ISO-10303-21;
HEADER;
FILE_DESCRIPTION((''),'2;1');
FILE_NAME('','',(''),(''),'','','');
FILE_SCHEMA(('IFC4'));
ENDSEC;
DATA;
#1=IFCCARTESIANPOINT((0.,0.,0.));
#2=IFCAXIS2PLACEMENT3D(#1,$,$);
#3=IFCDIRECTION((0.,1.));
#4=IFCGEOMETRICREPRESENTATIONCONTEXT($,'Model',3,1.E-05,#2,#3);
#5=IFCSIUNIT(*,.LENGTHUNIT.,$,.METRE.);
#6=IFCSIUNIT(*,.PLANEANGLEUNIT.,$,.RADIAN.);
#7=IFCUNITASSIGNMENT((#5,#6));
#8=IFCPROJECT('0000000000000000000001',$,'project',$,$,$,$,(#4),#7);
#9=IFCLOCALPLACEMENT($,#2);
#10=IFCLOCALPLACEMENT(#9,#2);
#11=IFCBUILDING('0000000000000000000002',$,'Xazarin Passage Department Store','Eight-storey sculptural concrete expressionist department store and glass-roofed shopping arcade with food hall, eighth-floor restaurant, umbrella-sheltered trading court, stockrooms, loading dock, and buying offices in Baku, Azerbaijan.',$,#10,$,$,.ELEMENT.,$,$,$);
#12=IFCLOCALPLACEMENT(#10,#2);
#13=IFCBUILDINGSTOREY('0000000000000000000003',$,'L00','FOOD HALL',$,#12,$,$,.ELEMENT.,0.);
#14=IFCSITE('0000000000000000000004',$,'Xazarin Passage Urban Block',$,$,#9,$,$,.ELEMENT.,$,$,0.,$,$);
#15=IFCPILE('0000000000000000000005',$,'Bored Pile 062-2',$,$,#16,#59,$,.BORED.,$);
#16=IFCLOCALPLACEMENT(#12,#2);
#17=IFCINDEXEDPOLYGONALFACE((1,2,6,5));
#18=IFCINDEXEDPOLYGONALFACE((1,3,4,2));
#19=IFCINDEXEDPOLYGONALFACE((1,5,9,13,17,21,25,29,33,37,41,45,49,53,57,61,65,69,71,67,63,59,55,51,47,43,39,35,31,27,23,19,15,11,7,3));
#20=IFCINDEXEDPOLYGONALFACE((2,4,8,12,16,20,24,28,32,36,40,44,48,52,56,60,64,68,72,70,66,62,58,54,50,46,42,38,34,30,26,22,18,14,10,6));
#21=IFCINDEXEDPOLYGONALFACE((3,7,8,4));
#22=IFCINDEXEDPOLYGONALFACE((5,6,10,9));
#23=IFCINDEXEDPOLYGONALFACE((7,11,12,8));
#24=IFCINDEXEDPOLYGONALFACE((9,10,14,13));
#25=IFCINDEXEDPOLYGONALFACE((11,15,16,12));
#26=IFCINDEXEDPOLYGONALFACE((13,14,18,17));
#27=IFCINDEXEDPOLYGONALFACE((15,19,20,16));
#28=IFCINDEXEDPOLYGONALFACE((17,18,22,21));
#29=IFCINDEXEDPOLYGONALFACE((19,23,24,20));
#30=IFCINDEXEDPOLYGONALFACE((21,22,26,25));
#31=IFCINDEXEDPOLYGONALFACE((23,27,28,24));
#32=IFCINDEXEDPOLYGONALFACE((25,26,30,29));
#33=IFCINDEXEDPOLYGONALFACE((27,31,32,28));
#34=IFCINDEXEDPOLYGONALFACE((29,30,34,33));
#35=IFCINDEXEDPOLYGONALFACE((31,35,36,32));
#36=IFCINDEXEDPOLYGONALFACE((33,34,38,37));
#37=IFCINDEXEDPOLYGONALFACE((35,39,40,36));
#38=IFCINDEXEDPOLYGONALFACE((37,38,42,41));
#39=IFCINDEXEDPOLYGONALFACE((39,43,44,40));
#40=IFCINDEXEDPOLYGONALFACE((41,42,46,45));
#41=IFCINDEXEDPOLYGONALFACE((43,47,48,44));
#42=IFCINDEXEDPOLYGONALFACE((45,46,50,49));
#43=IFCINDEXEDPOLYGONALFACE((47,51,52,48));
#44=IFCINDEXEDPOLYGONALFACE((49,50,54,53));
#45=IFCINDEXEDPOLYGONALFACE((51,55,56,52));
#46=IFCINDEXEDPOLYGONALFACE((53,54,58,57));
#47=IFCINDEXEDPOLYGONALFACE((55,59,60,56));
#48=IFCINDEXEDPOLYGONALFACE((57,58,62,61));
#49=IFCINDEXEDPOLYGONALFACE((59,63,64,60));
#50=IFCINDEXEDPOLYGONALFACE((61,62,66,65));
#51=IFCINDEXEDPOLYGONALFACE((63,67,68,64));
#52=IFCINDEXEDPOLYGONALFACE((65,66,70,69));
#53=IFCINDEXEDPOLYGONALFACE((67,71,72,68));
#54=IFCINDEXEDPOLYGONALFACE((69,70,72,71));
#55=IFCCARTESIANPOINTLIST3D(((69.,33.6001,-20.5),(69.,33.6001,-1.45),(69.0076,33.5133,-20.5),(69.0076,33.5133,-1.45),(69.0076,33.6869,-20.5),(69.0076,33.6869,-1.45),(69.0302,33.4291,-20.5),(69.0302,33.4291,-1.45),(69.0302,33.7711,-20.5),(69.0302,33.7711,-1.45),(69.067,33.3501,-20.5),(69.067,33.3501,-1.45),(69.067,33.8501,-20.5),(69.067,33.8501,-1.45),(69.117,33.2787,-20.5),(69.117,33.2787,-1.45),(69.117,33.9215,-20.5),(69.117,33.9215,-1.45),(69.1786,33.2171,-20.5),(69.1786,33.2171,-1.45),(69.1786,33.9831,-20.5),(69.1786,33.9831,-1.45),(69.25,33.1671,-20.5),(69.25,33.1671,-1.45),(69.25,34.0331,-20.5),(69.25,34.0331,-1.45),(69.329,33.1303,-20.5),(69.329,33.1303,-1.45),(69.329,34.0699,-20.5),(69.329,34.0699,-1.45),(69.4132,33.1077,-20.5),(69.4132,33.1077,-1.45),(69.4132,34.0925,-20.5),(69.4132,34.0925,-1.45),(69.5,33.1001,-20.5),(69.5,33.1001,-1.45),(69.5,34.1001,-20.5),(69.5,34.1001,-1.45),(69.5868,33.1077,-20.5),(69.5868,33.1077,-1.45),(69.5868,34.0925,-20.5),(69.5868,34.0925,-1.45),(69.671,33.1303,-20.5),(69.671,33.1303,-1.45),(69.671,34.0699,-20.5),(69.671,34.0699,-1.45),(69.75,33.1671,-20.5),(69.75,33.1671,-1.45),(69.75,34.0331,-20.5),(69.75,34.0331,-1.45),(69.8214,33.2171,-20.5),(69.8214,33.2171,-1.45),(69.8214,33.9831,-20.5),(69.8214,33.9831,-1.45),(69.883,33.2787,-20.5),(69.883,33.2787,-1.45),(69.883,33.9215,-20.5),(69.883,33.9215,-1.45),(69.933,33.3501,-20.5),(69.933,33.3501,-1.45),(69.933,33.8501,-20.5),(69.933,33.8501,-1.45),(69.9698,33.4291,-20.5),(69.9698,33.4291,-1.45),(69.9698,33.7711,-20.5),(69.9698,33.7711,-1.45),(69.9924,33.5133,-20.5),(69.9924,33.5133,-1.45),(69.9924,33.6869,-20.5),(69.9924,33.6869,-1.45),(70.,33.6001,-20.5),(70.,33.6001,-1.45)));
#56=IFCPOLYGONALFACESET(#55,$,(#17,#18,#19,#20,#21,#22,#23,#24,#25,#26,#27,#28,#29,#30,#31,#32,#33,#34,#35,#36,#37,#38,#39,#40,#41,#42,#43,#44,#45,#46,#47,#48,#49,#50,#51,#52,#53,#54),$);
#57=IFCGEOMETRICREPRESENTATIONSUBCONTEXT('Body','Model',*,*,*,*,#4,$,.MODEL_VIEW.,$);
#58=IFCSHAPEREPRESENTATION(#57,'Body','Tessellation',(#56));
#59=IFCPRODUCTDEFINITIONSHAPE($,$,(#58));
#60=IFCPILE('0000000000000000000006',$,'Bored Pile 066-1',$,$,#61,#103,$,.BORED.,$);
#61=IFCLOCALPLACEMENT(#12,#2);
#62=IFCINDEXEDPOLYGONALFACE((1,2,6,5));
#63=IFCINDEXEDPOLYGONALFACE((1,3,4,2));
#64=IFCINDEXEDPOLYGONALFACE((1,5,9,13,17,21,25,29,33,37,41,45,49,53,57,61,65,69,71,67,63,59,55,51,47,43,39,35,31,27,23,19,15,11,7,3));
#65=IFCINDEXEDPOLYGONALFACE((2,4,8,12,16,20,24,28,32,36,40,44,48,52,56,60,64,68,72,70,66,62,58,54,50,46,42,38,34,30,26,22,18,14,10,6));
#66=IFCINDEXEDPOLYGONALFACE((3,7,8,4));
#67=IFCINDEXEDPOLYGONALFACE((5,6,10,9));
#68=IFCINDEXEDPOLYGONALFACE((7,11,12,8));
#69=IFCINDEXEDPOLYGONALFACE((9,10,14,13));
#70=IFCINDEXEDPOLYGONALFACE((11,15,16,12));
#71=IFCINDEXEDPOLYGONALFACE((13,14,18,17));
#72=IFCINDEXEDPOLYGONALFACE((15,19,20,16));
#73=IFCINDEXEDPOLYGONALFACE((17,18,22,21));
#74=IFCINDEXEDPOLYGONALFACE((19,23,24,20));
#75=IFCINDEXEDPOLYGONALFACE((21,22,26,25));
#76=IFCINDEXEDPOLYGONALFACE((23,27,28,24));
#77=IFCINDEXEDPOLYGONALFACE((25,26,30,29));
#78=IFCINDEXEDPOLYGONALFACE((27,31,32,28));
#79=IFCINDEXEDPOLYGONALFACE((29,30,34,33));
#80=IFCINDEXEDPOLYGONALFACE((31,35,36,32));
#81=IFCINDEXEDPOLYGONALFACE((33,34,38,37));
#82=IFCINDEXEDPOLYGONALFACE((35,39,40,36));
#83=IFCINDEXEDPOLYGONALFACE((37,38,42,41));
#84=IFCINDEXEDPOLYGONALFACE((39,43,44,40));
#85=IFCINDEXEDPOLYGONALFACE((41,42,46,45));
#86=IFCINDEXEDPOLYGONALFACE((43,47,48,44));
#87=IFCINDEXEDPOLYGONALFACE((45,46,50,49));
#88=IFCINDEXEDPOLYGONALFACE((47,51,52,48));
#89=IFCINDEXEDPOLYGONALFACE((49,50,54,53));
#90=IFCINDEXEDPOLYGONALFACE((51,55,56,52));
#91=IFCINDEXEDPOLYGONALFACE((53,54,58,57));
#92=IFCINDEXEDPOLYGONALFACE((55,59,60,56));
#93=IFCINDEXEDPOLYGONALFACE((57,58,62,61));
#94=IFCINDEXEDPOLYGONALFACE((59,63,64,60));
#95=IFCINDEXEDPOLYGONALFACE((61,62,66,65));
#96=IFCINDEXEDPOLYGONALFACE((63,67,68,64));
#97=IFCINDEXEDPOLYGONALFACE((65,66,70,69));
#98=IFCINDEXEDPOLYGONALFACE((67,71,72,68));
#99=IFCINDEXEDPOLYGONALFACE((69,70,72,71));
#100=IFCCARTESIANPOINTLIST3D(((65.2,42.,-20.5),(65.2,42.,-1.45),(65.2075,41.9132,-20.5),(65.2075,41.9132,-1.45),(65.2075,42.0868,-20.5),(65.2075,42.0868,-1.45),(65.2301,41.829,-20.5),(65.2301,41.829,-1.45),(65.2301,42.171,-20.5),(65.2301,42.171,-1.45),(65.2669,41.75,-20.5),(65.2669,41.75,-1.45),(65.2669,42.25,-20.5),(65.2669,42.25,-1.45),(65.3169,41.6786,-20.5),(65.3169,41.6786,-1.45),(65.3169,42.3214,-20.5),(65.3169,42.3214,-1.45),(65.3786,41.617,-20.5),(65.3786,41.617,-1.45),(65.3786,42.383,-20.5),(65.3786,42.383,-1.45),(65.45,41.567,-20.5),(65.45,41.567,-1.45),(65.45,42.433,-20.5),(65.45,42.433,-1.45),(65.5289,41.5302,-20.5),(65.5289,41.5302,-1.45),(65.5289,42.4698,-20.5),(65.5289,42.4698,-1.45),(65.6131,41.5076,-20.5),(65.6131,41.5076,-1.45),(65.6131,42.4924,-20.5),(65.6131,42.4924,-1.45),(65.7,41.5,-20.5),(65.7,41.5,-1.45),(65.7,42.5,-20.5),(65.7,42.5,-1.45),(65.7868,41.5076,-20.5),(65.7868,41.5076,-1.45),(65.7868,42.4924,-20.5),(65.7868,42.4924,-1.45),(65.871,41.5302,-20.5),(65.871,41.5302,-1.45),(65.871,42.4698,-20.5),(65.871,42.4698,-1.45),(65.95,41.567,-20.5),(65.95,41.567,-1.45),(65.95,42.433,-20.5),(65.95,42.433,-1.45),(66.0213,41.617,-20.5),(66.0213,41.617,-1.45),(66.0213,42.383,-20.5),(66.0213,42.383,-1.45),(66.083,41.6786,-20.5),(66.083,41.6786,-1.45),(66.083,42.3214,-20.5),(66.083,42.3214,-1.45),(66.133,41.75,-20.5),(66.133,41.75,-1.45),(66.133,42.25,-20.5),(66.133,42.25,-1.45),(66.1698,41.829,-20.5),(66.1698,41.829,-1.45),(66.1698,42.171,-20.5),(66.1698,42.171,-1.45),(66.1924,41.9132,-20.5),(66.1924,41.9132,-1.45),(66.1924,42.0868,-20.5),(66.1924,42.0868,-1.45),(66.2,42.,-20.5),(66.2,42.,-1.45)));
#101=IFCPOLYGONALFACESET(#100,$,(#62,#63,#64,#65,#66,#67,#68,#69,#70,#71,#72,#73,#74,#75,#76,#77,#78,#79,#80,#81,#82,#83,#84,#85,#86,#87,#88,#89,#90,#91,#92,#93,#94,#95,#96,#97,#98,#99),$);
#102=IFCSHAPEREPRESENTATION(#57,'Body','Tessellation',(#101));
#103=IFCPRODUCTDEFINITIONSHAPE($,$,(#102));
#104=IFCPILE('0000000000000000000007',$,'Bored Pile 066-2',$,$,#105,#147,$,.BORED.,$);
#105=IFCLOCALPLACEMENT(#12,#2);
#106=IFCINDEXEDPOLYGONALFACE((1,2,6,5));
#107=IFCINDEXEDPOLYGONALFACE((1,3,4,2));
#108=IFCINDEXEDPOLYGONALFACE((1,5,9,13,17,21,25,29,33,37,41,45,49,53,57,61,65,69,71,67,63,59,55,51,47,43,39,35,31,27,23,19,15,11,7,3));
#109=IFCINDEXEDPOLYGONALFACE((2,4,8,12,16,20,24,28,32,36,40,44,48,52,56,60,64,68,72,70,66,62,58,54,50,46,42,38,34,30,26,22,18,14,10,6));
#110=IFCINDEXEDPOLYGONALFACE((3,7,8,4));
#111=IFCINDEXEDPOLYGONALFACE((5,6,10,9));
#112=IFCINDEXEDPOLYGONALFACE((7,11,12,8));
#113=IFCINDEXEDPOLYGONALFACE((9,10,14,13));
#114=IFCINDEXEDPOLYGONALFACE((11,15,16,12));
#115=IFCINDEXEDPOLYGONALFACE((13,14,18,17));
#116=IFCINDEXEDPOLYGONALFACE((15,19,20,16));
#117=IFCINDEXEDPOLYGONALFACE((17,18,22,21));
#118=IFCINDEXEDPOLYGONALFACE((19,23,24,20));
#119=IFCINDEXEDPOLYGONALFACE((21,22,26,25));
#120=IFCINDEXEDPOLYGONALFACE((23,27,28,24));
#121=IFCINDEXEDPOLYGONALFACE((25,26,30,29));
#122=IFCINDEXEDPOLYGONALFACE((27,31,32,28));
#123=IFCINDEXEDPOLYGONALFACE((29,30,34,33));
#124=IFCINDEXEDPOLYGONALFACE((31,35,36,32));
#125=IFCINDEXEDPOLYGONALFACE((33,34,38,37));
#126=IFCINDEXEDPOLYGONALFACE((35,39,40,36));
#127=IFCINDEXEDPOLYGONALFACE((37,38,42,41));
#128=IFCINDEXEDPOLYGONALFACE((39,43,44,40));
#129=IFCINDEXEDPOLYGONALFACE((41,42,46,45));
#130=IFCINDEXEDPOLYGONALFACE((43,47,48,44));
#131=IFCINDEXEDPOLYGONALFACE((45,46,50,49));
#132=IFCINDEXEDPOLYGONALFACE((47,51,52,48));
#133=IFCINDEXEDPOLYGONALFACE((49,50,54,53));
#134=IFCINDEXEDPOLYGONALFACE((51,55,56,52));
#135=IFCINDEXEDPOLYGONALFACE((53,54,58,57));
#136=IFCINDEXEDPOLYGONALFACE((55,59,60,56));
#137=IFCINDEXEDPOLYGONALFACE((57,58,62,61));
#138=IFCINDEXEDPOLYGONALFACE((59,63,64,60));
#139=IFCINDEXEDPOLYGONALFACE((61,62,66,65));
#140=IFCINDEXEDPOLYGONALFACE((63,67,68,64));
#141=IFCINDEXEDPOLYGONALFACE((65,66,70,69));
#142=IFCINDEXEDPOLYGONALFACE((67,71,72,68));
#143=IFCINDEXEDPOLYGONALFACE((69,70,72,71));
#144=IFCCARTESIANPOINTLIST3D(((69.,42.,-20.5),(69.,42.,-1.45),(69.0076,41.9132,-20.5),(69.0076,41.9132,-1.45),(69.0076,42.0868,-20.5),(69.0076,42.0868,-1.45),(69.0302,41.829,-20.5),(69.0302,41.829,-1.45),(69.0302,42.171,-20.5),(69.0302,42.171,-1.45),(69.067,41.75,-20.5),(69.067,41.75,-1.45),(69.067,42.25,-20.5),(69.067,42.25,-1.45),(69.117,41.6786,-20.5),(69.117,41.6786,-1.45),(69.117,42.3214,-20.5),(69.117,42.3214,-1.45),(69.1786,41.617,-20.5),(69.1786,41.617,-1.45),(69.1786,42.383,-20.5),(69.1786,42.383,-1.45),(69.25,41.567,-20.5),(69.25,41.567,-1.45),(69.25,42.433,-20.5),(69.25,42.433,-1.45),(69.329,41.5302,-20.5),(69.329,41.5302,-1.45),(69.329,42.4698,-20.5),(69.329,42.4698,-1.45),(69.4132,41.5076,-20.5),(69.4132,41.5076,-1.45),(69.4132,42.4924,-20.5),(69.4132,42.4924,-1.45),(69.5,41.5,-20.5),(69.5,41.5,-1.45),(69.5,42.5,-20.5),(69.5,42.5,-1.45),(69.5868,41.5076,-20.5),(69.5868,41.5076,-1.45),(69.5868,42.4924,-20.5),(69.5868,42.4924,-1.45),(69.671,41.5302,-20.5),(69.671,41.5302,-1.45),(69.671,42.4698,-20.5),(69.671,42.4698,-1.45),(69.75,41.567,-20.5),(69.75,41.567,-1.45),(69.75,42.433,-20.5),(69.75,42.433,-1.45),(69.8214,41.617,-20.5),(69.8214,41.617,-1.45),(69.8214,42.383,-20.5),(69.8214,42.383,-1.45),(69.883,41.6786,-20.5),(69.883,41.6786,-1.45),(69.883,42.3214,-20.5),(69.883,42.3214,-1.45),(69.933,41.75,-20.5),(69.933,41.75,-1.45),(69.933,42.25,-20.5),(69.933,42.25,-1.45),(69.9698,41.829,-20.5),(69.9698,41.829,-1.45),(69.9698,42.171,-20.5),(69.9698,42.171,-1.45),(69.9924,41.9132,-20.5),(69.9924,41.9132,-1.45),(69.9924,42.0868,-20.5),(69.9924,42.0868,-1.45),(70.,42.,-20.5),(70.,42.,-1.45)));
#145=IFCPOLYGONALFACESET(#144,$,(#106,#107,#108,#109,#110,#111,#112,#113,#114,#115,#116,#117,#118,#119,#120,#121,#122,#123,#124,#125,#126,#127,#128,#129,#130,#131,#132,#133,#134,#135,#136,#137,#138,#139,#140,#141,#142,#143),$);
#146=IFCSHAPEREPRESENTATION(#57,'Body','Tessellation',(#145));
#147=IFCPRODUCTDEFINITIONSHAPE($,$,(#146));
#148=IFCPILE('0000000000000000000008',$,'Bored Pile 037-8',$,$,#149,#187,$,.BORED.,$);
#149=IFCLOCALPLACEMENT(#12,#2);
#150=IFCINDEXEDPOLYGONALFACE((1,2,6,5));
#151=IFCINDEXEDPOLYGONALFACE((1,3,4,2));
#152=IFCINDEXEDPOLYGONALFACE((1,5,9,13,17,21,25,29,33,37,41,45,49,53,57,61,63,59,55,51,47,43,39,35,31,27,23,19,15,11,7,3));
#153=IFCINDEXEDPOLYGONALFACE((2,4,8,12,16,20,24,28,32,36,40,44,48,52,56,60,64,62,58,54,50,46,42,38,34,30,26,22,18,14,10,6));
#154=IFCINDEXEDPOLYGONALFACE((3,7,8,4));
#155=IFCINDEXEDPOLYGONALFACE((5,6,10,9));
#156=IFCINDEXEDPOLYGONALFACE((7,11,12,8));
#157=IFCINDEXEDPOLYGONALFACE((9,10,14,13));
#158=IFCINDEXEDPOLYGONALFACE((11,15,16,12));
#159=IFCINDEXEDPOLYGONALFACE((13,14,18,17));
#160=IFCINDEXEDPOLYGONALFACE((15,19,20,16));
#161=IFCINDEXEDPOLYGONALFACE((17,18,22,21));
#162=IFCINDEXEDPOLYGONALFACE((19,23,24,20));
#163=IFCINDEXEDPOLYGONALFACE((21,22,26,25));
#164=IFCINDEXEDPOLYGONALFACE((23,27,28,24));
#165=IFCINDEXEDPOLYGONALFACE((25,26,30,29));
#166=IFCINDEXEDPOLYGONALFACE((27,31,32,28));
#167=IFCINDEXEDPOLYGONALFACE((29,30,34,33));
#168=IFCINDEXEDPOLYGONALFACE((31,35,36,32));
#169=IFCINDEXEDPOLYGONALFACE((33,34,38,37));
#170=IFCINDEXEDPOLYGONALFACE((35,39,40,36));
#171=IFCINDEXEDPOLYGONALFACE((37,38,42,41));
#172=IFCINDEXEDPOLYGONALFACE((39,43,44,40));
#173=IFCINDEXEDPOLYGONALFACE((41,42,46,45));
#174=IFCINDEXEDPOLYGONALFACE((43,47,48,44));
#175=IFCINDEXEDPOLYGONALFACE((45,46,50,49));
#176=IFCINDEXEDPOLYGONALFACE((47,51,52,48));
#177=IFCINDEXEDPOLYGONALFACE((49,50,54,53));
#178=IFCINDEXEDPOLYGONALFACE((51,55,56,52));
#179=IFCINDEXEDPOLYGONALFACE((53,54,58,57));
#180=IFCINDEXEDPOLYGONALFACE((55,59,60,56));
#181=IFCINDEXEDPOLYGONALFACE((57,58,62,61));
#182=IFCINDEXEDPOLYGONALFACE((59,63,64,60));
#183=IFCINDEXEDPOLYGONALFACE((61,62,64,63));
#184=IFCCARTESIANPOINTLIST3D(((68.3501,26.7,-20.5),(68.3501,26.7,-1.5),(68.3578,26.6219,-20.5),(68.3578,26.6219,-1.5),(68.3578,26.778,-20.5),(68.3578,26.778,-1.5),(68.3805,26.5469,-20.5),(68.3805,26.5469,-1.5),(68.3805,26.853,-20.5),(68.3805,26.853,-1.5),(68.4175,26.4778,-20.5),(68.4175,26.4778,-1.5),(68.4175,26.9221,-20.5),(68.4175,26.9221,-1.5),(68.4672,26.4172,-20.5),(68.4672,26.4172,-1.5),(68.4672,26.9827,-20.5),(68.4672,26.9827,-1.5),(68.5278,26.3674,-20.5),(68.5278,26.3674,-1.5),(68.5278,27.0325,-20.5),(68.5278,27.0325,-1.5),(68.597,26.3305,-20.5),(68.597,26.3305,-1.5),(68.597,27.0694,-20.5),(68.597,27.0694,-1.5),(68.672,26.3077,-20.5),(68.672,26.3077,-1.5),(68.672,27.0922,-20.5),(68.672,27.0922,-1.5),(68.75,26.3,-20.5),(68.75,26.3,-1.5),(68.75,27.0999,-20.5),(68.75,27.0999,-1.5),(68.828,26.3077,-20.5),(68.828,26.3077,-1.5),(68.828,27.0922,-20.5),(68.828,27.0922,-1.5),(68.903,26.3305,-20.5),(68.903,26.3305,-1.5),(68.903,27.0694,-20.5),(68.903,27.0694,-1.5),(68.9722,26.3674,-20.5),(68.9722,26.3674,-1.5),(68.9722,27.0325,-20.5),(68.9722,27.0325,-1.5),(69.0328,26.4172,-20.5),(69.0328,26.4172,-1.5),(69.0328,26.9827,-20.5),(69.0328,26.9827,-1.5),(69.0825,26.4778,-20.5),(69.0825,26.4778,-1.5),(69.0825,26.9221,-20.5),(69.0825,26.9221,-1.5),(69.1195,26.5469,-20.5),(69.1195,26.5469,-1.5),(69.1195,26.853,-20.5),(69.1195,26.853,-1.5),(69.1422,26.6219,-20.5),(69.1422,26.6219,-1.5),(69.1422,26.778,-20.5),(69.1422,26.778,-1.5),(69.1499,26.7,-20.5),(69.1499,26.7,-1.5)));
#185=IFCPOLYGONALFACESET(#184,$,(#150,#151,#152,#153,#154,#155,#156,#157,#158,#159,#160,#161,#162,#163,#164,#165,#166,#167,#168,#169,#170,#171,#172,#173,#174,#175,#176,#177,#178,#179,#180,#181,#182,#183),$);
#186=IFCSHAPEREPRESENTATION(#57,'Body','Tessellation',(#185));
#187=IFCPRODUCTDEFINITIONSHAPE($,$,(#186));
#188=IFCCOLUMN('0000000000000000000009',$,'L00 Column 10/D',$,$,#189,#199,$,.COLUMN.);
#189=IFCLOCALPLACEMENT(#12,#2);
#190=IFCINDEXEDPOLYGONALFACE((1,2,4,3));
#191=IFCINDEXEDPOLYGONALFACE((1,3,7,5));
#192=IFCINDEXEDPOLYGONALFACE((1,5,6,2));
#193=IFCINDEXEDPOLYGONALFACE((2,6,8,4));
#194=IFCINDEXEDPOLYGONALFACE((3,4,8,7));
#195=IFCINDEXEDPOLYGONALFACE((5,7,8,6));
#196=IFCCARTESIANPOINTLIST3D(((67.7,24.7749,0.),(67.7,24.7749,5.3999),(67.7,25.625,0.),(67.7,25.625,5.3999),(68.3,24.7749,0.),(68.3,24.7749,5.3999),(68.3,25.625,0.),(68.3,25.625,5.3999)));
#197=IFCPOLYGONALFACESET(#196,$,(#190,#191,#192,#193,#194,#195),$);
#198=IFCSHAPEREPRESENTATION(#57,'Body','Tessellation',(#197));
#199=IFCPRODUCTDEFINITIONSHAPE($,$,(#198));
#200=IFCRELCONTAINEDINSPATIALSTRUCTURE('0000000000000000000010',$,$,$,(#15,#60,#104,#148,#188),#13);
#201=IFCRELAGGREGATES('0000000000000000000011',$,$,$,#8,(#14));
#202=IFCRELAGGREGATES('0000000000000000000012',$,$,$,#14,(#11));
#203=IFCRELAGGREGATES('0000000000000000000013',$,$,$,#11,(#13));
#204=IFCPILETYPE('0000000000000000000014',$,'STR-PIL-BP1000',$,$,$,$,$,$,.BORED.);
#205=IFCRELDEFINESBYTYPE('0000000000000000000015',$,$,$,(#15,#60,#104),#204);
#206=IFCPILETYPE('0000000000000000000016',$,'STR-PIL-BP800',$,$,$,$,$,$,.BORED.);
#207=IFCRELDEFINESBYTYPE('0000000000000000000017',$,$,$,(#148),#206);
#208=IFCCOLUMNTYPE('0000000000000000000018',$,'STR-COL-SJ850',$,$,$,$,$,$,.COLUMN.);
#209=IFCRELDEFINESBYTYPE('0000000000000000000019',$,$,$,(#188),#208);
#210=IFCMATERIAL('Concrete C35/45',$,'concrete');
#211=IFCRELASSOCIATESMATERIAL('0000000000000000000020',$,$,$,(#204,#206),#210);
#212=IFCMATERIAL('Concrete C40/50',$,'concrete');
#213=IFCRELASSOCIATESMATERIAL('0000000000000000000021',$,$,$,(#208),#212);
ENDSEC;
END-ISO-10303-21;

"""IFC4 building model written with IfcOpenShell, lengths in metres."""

from ifc_helpers import new_model, si_unit, direction, frame, origin, origin_2d, place, context, subcontext, project, spatial, rectangle, circle, extrude, material, material_profile, profile_set, type_object, element, save


model = new_model("IFC4")

# Units and contexts
model_context = context("Model", 3, precision=1e-05, world=origin(), true_north=direction((0.0, 1.0)))
body_context = subcontext(model_context, "Body", "Model", "MODEL_VIEW")
ifc_project = project(units=[si_unit("LENGTHUNIT", "METRE"), si_unit("PLANEANGLEUNIT", "RADIAN")], contexts=[model_context])

# Site, building, storey
site_placement = place(None, origin())
site = spatial("IfcSite", under=ifc_project, at=site_placement, Name="Xazarin Passage Urban Block", CompositionType="ELEMENT", RefElevation=0.0)
building_placement = place(site_placement, origin())
building = spatial("IfcBuilding", under=site, at=building_placement, Name="Xazarin Passage Department Store", Description="Eight-storey sculptural concrete expressionist department store and glass-roofed shopping arcade with food hall, eighth-floor restaurant, umbrella-sheltered trading court, stockrooms, loading dock, and buying offices in Baku, Azerbaijan.", CompositionType="ELEMENT")
storey_placement = place(building_placement, origin())
storey = spatial("IfcBuildingStorey", under=building, at=storey_placement, Name="L00", Description="FOOD HALL", CompositionType="ELEMENT", Elevation=0.0)

# Shared definitions
ifc_material_1 = material(Name="Concrete C35/45", Category="concrete")

# Piles
ifc_material_profile_1 = material_profile(ifc_material_1, circle(Radius=0.5, at=origin_2d()), Name="BP 1000")
ifc_profile_set_1 = profile_set([ifc_material_profile_1], Name="Concrete C35/45")
pile_type_1 = type_object("IfcPileType", Name="STR-PIL-BP1000", PredefinedType="BORED", material=ifc_profile_set_1)
for number, where, z_axis, x_axis, name in (
    (1, (69.5, 33.6001, -1.45), (0.0, 0.0, -1.0), (1.0, 0.0, 0.0), "Bored Pile 062-2"),
    (2, (65.7, 42.0, -1.45), (0.0, 0.0, -1.0), (1.0, 0.0, 0.0), "Bored Pile 066-1"),
    (3, (69.5, 42.0, -1.45), (0.0, 0.0, -1.0), (1.0, 0.0, 0.0), "Bored Pile 066-2"),
):
    element("IfcPile", number, at=place(storey_placement, frame(where, z_axis=z_axis, x_axis=x_axis)), inside=storey, type_object=pile_type_1, Name=name, PredefinedType="BORED", context=body_context, shape_type="SweptSolid", body=[
        extrude(circle(Radius=0.5, at=origin_2d()), origin(), (0.0, 0.0, 1.0), 19.05),
    ])
ifc_material_profile_2 = material_profile(ifc_material_1, circle(Radius=0.3999, at=origin_2d()), Name="BP 800")
ifc_profile_set_2 = profile_set([ifc_material_profile_2], Name="Concrete C35/45")
pile_type_2 = type_object("IfcPileType", Name="STR-PIL-BP800", PredefinedType="BORED", material=ifc_profile_set_2)
pile_placement = place(storey_placement, frame((68.75, 26.7, -1.5), z_axis=(0.0, 0.0, -1.0), x_axis=(1.0, 0.0, 0.0)))
element("IfcPile", 4, at=pile_placement, inside=storey, type_object=pile_type_2, Name="Bored Pile 037-8", PredefinedType="BORED", context=body_context, shape_type="SweptSolid", body=[
    extrude(circle(Radius=0.3999, at=origin_2d()), origin(), (0.0, 0.0, 1.0), 19.0),
])

# Column
ifc_material_2 = material(Name="Concrete C40/50", Category="concrete")
ifc_material_profile_3 = material_profile(ifc_material_2, rectangle(XDim=0.6001, YDim=0.8501, at=origin_2d()), Name="RC 600x850")
ifc_profile_set_3 = profile_set([ifc_material_profile_3], Name="Concrete C40/50")
column_type = type_object("IfcColumnType", Name="STR-COL-SJ850", PredefinedType="COLUMN", material=ifc_profile_set_3)
for number, where, z_axis, x_axis, name in (
    (5, (68.0, 25.2, 0.0), (0.0, 0.0, 1.0), (1.0, 0.0, 0.0), "L00 Column 10/D"),
):
    element("IfcColumn", number, at=place(storey_placement, frame(where, z_axis=z_axis, x_axis=x_axis)), inside=storey, type_object=column_type, Name=name, PredefinedType="COLUMN", context=body_context, shape_type="SweptSolid", body=[
        extrude(rectangle(XDim=0.6001, YDim=0.8501, at=origin_2d()), origin(), (0.0, 0.0, 1.0), 5.3999),
    ])

save(model, "model.ifc")
